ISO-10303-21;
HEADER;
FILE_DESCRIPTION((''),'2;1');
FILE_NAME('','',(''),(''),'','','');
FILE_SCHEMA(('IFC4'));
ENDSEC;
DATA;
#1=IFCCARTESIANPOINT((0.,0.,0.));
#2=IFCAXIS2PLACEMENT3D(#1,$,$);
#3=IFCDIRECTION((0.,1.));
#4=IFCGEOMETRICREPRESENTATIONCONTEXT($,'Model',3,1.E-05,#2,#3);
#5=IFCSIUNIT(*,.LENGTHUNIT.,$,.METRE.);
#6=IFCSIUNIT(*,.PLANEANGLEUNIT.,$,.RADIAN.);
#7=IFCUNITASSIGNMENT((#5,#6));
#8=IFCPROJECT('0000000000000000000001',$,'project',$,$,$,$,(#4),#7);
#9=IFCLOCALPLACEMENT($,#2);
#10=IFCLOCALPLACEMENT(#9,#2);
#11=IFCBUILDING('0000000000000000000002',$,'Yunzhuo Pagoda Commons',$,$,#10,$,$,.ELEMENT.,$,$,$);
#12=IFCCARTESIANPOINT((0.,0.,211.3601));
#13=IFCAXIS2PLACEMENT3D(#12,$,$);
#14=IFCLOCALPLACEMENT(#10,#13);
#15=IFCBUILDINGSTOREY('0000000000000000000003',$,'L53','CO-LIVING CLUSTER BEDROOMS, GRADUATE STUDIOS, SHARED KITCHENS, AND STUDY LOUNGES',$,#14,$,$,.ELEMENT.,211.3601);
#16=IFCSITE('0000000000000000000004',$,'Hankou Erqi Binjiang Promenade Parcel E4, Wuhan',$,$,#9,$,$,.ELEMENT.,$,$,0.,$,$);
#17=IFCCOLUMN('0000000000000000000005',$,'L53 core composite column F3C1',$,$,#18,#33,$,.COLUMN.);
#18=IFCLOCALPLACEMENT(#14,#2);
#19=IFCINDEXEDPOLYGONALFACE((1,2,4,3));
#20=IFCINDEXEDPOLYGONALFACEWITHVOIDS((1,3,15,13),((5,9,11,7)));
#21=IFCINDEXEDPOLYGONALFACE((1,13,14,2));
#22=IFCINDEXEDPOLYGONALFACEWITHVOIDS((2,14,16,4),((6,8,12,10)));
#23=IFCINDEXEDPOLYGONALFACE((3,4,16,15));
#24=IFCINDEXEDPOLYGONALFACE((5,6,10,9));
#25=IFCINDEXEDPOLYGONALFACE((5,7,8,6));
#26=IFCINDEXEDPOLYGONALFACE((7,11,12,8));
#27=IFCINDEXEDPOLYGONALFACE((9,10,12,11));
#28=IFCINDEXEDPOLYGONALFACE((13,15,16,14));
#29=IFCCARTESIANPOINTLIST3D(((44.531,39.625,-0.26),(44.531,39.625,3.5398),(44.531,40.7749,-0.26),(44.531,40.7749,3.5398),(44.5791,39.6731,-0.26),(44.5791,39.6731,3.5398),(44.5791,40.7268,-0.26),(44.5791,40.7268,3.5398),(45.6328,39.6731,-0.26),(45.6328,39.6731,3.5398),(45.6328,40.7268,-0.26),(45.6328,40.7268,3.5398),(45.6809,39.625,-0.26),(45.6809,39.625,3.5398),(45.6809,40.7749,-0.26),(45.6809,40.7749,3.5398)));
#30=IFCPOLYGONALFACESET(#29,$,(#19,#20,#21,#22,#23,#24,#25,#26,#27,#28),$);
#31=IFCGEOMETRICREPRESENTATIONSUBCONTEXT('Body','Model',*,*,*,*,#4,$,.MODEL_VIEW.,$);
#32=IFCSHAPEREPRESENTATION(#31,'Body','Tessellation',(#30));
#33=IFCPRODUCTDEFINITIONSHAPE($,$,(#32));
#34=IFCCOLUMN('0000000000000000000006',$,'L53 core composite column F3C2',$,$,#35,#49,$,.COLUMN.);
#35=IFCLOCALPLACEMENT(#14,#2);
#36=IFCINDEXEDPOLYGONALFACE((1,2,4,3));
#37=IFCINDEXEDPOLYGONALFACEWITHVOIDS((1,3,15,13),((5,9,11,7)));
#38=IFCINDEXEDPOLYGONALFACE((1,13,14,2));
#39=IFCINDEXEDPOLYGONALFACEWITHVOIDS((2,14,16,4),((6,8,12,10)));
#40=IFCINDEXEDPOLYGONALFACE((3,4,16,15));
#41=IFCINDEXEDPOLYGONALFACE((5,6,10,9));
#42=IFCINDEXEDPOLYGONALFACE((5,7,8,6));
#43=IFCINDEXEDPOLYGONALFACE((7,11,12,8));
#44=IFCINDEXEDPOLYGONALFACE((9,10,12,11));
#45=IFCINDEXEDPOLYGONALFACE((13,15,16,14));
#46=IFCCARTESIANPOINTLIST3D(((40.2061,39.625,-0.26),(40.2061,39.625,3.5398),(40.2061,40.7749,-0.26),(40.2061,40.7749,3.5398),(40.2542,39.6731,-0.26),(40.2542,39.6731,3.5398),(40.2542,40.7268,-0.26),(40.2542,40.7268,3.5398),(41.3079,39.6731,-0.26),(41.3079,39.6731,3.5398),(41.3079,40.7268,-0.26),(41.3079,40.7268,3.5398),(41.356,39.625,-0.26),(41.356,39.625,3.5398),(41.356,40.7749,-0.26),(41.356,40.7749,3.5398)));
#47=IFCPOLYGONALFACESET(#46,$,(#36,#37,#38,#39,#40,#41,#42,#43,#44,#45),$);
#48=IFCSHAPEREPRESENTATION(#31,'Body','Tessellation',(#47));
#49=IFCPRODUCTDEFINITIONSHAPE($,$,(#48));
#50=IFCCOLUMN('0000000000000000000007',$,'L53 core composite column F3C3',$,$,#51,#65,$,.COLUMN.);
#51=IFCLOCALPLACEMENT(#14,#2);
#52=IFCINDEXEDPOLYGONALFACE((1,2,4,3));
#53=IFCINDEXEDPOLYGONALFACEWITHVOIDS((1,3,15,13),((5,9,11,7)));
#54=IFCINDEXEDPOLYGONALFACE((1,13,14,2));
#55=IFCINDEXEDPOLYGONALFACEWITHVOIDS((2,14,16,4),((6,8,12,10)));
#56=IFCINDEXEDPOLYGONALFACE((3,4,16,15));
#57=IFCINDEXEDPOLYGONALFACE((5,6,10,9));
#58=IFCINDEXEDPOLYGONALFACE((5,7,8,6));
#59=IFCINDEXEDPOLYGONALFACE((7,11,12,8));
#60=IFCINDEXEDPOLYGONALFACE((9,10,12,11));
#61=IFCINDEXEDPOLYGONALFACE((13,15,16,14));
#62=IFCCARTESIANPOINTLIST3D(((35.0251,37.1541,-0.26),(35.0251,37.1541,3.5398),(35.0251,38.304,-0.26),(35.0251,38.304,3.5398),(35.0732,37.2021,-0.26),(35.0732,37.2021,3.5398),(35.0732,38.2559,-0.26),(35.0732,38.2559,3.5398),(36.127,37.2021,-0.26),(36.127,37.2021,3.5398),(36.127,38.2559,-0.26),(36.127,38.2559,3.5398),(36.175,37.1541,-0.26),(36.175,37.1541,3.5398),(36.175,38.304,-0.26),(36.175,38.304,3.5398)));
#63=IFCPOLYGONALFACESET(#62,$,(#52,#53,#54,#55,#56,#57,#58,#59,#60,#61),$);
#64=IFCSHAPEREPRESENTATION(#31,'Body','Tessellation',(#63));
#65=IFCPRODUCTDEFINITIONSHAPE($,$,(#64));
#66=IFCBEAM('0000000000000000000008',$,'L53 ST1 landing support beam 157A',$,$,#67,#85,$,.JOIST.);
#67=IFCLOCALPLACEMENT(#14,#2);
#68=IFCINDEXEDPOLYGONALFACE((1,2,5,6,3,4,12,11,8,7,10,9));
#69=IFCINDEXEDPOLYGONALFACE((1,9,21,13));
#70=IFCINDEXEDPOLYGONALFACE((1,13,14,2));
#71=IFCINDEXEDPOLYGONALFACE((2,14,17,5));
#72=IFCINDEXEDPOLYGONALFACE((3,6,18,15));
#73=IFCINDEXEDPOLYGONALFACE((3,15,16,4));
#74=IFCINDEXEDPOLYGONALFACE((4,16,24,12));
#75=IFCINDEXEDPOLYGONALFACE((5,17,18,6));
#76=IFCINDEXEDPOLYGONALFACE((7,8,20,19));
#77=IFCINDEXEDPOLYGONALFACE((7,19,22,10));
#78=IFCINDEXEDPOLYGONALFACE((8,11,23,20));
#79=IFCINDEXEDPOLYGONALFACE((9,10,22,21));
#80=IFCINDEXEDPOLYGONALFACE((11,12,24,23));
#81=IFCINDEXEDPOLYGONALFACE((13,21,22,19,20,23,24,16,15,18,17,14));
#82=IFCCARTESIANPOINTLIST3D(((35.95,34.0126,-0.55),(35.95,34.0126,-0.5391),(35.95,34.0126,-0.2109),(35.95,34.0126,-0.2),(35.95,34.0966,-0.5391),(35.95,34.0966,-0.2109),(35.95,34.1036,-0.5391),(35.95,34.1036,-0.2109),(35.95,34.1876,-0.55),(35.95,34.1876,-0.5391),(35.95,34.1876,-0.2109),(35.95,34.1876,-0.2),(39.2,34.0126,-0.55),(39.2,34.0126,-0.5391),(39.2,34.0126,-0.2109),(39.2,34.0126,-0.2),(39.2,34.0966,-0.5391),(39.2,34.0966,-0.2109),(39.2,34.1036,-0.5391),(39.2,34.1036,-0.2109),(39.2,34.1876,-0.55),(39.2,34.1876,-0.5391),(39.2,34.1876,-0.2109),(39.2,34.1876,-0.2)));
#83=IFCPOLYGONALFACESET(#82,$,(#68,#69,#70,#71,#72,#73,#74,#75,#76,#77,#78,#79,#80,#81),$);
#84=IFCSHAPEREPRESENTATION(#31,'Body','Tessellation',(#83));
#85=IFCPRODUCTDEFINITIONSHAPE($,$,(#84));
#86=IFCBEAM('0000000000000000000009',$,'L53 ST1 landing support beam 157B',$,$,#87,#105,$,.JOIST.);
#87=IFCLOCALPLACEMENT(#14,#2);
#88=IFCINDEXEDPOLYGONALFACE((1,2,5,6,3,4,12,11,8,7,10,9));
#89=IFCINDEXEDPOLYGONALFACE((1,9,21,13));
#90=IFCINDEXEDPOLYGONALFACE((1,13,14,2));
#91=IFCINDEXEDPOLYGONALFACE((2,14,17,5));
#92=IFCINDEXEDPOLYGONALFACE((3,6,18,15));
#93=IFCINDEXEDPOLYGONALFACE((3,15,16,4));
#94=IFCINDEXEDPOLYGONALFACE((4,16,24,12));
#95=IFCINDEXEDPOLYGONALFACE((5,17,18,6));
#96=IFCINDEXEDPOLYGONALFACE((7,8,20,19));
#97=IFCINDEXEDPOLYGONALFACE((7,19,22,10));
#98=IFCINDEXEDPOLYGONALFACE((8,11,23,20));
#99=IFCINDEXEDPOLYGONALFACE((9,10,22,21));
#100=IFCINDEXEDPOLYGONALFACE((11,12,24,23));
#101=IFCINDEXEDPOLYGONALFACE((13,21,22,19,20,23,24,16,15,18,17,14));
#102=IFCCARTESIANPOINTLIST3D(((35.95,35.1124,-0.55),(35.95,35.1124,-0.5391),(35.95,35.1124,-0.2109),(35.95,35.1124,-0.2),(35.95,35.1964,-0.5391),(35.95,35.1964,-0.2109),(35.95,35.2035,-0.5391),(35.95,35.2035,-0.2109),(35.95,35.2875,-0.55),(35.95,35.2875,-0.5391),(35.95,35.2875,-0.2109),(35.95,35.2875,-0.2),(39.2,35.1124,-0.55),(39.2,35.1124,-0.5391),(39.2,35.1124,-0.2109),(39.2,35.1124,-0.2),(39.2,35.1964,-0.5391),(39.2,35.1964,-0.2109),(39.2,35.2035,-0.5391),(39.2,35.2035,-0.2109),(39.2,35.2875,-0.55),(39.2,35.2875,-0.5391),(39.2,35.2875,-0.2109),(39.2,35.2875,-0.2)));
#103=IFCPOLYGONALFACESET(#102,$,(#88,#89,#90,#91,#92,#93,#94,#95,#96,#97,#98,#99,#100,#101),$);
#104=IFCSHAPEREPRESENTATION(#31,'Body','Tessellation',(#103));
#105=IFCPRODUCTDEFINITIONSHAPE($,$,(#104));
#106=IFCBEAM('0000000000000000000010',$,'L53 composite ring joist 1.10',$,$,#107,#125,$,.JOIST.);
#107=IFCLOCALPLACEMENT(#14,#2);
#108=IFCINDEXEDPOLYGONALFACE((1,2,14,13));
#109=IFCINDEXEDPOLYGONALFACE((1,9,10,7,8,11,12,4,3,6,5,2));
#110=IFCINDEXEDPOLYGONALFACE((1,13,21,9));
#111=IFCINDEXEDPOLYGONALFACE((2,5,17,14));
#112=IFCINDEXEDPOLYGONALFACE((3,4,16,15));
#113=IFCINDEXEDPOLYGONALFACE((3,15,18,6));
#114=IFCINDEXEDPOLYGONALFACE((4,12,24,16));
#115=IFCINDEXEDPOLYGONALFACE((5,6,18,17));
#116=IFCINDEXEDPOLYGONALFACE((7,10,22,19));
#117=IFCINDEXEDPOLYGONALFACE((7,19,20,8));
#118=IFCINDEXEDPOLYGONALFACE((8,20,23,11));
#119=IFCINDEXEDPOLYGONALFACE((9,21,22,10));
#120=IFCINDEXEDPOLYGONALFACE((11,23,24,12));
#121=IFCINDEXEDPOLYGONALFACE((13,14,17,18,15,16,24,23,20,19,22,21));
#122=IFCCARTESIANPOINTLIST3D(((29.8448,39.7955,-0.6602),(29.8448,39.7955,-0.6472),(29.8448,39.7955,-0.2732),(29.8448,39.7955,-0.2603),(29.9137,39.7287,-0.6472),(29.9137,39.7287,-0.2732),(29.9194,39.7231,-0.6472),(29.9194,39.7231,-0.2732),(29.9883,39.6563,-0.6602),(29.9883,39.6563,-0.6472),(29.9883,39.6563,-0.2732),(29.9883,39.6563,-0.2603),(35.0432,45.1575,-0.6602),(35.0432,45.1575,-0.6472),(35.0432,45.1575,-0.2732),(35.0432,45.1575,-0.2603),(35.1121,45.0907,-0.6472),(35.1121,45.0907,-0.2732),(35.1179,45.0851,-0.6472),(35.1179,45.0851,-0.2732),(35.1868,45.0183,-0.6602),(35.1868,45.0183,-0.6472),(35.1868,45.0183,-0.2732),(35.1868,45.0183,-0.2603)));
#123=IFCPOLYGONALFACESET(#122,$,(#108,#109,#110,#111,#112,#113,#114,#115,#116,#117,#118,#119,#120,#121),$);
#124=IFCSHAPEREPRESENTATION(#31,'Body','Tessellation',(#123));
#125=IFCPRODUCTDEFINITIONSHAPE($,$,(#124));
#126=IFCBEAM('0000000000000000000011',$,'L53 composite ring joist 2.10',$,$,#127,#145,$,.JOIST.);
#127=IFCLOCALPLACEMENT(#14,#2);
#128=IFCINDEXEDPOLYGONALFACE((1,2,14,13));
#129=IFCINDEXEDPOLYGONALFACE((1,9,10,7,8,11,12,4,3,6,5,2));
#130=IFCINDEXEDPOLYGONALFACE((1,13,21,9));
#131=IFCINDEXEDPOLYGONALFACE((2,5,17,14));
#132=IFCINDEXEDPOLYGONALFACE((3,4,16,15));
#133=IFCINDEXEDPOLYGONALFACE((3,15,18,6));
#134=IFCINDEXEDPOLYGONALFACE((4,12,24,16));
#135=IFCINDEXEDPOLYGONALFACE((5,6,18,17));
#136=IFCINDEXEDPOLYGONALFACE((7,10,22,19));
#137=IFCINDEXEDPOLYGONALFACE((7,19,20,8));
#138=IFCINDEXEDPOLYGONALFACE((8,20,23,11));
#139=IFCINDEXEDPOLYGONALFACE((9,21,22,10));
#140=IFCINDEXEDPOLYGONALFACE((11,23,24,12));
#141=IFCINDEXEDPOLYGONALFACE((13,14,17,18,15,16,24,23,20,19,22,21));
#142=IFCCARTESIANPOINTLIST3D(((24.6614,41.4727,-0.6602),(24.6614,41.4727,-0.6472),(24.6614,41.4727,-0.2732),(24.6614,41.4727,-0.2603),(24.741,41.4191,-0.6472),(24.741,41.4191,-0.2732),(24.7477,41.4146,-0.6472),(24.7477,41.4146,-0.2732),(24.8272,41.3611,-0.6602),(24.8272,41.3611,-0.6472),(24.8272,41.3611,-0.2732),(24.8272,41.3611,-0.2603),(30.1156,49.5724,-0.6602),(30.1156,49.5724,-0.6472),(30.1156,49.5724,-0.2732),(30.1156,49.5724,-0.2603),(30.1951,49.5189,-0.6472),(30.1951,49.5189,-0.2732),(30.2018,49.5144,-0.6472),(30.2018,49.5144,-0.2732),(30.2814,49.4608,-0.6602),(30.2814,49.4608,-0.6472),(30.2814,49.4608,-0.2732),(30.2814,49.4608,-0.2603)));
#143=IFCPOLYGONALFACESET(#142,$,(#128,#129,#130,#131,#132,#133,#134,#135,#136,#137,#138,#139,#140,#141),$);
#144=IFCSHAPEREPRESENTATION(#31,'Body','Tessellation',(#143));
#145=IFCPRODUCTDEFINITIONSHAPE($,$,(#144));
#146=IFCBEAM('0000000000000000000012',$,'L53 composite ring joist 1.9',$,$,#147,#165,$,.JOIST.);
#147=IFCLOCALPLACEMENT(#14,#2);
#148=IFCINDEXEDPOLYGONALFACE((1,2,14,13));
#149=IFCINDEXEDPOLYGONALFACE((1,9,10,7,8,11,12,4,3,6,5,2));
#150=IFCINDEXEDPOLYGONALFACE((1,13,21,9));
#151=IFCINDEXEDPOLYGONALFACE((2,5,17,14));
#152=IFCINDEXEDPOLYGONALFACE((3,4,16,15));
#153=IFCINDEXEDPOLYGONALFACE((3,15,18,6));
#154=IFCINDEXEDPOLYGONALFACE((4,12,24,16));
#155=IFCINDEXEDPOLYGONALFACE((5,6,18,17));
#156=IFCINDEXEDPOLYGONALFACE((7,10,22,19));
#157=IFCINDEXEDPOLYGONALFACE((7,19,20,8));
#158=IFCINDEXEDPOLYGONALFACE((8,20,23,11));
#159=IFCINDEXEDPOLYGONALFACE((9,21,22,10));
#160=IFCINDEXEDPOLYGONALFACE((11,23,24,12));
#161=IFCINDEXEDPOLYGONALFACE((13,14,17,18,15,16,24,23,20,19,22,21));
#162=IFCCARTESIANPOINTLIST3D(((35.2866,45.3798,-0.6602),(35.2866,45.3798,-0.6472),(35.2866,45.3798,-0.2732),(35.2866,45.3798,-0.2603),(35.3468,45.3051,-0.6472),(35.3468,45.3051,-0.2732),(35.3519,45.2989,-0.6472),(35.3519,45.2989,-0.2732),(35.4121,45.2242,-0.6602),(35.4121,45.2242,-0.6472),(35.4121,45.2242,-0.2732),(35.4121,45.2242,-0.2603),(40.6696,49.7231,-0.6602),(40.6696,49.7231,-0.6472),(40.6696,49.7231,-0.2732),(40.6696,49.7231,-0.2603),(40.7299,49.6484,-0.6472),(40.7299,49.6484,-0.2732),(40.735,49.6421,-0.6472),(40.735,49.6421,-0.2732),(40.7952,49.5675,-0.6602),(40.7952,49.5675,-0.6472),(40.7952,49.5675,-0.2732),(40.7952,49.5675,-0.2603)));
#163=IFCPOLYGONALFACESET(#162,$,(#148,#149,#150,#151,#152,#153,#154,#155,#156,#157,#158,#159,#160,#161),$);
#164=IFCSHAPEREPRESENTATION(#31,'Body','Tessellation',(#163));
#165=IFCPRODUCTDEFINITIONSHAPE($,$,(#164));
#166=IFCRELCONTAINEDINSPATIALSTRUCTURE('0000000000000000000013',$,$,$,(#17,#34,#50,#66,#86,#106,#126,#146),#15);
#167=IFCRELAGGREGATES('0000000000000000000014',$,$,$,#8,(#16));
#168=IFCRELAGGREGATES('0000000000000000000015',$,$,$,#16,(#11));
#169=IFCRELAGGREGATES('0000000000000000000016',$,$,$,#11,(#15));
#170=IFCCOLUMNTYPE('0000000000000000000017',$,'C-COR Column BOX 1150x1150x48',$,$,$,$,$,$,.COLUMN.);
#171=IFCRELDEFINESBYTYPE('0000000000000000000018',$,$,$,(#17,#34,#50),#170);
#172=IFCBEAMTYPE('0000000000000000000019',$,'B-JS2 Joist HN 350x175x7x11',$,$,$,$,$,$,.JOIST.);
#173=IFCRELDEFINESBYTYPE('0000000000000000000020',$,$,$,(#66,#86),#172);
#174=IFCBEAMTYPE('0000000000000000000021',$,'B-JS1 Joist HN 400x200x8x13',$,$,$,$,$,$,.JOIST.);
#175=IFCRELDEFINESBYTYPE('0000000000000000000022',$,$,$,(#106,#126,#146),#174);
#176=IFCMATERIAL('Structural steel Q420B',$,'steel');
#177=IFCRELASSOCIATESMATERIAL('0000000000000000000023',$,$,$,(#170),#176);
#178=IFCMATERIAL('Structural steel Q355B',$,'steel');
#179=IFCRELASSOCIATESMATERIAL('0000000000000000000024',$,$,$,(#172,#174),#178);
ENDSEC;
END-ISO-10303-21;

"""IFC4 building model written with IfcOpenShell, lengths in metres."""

from ifc_helpers import new_model, si_unit, direction, frame, origin, origin_2d, place, context, subcontext, project, spatial, hollow_rectangle, i_section, extrude, source, transform, mapped, material, material_profile, profile_set, type_object, element, save


model = new_model("IFC4")

# Units and contexts
model_context = context("Model", 3, precision=1e-05, world=origin(), true_north=direction((0.0, 1.0)))
body_context = subcontext(model_context, "Body", "Model", "MODEL_VIEW")
ifc_project = project(units=[si_unit("LENGTHUNIT", "METRE"), si_unit("PLANEANGLEUNIT", "RADIAN")], contexts=[model_context])

# Site, building, storey
site_placement = place(None, origin())
site = spatial("IfcSite", under=ifc_project, at=site_placement, Name="Hankou Erqi Binjiang Promenade Parcel E4, Wuhan", CompositionType="ELEMENT", RefElevation=0.0)
building_placement = place(site_placement, origin())
building = spatial("IfcBuilding", under=site, at=building_placement, Name="Yunzhuo Pagoda Commons", CompositionType="ELEMENT")
storey_placement = place(building_placement, frame((0.0, 0.0, 211.3601)))
storey = spatial("IfcBuildingStorey", under=building, at=storey_placement, Name="L53", Description="CO-LIVING CLUSTER BEDROOMS, GRADUATE STUDIOS, SHARED KITCHENS, AND STUDY LOUNGES", CompositionType="ELEMENT", Elevation=211.3601)

# Columns
ifc_material_1 = material(Name="Structural steel Q420B", Category="steel")
ifc_material_profile_1 = material_profile(ifc_material_1, hollow_rectangle(XDim=1.1499, YDim=1.1499, WallThickness=0.0481, at=origin_2d()), Name="Structural steel Q420B")
ifc_profile_set_1 = profile_set([ifc_material_profile_1], Name="Structural steel Q420B")
column_type = type_object("IfcColumnType", Name="C-COR Column BOX 1150x1150x48", PredefinedType="COLUMN", material=ifc_profile_set_1)
shared_shape_1 = source(origin(), body_context, "Body", "SweptSolid", [
    extrude(hollow_rectangle(XDim=1.1499, YDim=1.1499, WallThickness=0.0481, at=origin_2d()), origin(), (0.0, 0.0, 1.0), 3.7998),
])
for number, where, z_axis, x_axis, name in (
    (1, (45.106, 40.2, -0.26), (0.0, 0.0, 1.0), (1.0, 0.0, 0.0), "L53 core composite column F3C1"),
    (2, (40.781, 40.2, -0.26), (0.0, 0.0, 1.0), (1.0, 0.0, 0.0), "L53 core composite column F3C2"),
    (3, (35.6001, 37.729, -0.26), (0.0, 0.0, 1.0), (1.0, 0.0, 0.0), "L53 core composite column F3C3"),
):
    element("IfcColumn", number, at=place(storey_placement, frame(where, z_axis=z_axis, x_axis=x_axis)), inside=storey, type_object=column_type, Name=name, PredefinedType="COLUMN", context=body_context, shape_type="MappedRepresentation", body=[
        mapped(shared_shape_1, transform((0.0, 0.0, 0.0), scale=1.0)),
    ])

# Beams
ifc_material_2 = material(Name="Structural steel Q355B", Category="steel")
ifc_material_profile_2 = material_profile(ifc_material_2, i_section(OverallWidth=0.175, OverallDepth=0.3501, WebThickness=0.0071, FlangeThickness=0.011, at=origin_2d()), Name="Structural steel Q355B")
ifc_profile_set_2 = profile_set([ifc_material_profile_2], Name="Structural steel Q355B")
beam_type_1 = type_object("IfcBeamType", Name="B-JS2 Joist HN 350x175x7x11", PredefinedType="JOIST", material=ifc_profile_set_2)
shared_shape_2 = source(origin(), body_context, "Body", "SweptSolid", [
    extrude(i_section(OverallWidth=0.175, OverallDepth=0.3501, WebThickness=0.0071, FlangeThickness=0.011, at=origin_2d()), origin(), (0.0, 0.0, 1.0), 3.25),
])
for number, where, z_axis, x_axis, name in (
    (4, (35.95, 34.1001, -0.375), (1.0, 0.0, 0.0), (0.0, 1.0, 0.0), "L53 ST1 landing support beam 157A"),
    (5, (35.95, 35.2, -0.375), (1.0, 0.0, 0.0), (0.0, 1.0, 0.0), "L53 ST1 landing support beam 157B"),
):
    element("IfcBeam", number, at=place(storey_placement, frame(where, z_axis=z_axis, x_axis=x_axis)), inside=storey, type_object=beam_type_1, Name=name, PredefinedType="JOIST", context=body_context, shape_type="MappedRepresentation", body=[
        mapped(shared_shape_2, transform((0.0, 0.0, 0.0), scale=1.0)),
    ])
ifc_material_profile_3 = material_profile(ifc_material_2, i_section(OverallWidth=0.2, OverallDepth=0.3999, WebThickness=0.0081, FlangeThickness=0.0129, at=origin_2d()), Name="Structural steel Q355B")
ifc_profile_set_3 = profile_set([ifc_material_profile_3], Name="Structural steel Q355B")
beam_type_2 = type_object("IfcBeamType", Name="B-JS1 Joist HN 400x200x8x13", PredefinedType="JOIST", material=ifc_profile_set_3)
shared_shape_3 = source(origin(), body_context, "Body", "SweptSolid", [
    extrude(i_section(OverallWidth=0.2, OverallDepth=0.3999, WebThickness=0.0081, FlangeThickness=0.0129, at=origin_2d()), origin(), (0.0, 0.0, 1.0), 7.4683),
])
beam_1_placement = place(storey_placement, frame((35.115, 45.0879, -0.4602), z_axis=(-0.696071, -0.717973, 0.0), x_axis=(0.717973, -0.696071, 0.0)))
element("IfcBeam", 6, at=beam_1_placement, inside=storey, type_object=beam_type_2, Name="L53 composite ring joist 1.10", PredefinedType="JOIST", context=body_context, shape_type="MappedRepresentation", body=[
    mapped(shared_shape_3, transform((0.0, 0.0, 0.0), scale=1.0)),
])
shared_shape_4 = source(origin(), body_context, "Body", "SweptSolid", [
    extrude(i_section(OverallWidth=0.2, OverallDepth=0.3999, WebThickness=0.0081, FlangeThickness=0.0129, at=origin_2d()), origin(), (0.0, 0.0, 1.0), 9.7649),
])
beam_2_placement = place(storey_placement, frame((30.1985, 49.5166, -0.4602), z_axis=(-0.558548, -0.829472, 0.0), x_axis=(0.829472, -0.558548, 0.0)))
element("IfcBeam", 7, at=beam_2_placement, inside=storey, type_object=beam_type_2, Name="L53 composite ring joist 2.10", PredefinedType="JOIST", context=body_context, shape_type="MappedRepresentation", body=[
    mapped(shared_shape_4, transform((0.0, 0.0, 0.0), scale=1.0)),
])
shared_shape_5 = source(origin(), body_context, "Body", "SweptSolid", [
    extrude(i_section(OverallWidth=0.2, OverallDepth=0.3999, WebThickness=0.0081, FlangeThickness=0.0129, at=origin_2d()), origin(), (0.0, 0.0, 1.0), 6.9167),
])
beam_3_placement = place(storey_placement, frame((40.7324, 49.6453, -0.4602), z_axis=(-0.778266, -0.627935, 0.0), x_axis=(0.627935, -0.778266, 0.0)))
element("IfcBeam", 8, at=beam_3_placement, inside=storey, type_object=beam_type_2, Name="L53 composite ring joist 1.9", PredefinedType="JOIST", context=body_context, shape_type="MappedRepresentation", body=[
    mapped(shared_shape_5, transform((0.0, 0.0, 0.0), scale=1.0)),
])

save(model, "model.ifc")
